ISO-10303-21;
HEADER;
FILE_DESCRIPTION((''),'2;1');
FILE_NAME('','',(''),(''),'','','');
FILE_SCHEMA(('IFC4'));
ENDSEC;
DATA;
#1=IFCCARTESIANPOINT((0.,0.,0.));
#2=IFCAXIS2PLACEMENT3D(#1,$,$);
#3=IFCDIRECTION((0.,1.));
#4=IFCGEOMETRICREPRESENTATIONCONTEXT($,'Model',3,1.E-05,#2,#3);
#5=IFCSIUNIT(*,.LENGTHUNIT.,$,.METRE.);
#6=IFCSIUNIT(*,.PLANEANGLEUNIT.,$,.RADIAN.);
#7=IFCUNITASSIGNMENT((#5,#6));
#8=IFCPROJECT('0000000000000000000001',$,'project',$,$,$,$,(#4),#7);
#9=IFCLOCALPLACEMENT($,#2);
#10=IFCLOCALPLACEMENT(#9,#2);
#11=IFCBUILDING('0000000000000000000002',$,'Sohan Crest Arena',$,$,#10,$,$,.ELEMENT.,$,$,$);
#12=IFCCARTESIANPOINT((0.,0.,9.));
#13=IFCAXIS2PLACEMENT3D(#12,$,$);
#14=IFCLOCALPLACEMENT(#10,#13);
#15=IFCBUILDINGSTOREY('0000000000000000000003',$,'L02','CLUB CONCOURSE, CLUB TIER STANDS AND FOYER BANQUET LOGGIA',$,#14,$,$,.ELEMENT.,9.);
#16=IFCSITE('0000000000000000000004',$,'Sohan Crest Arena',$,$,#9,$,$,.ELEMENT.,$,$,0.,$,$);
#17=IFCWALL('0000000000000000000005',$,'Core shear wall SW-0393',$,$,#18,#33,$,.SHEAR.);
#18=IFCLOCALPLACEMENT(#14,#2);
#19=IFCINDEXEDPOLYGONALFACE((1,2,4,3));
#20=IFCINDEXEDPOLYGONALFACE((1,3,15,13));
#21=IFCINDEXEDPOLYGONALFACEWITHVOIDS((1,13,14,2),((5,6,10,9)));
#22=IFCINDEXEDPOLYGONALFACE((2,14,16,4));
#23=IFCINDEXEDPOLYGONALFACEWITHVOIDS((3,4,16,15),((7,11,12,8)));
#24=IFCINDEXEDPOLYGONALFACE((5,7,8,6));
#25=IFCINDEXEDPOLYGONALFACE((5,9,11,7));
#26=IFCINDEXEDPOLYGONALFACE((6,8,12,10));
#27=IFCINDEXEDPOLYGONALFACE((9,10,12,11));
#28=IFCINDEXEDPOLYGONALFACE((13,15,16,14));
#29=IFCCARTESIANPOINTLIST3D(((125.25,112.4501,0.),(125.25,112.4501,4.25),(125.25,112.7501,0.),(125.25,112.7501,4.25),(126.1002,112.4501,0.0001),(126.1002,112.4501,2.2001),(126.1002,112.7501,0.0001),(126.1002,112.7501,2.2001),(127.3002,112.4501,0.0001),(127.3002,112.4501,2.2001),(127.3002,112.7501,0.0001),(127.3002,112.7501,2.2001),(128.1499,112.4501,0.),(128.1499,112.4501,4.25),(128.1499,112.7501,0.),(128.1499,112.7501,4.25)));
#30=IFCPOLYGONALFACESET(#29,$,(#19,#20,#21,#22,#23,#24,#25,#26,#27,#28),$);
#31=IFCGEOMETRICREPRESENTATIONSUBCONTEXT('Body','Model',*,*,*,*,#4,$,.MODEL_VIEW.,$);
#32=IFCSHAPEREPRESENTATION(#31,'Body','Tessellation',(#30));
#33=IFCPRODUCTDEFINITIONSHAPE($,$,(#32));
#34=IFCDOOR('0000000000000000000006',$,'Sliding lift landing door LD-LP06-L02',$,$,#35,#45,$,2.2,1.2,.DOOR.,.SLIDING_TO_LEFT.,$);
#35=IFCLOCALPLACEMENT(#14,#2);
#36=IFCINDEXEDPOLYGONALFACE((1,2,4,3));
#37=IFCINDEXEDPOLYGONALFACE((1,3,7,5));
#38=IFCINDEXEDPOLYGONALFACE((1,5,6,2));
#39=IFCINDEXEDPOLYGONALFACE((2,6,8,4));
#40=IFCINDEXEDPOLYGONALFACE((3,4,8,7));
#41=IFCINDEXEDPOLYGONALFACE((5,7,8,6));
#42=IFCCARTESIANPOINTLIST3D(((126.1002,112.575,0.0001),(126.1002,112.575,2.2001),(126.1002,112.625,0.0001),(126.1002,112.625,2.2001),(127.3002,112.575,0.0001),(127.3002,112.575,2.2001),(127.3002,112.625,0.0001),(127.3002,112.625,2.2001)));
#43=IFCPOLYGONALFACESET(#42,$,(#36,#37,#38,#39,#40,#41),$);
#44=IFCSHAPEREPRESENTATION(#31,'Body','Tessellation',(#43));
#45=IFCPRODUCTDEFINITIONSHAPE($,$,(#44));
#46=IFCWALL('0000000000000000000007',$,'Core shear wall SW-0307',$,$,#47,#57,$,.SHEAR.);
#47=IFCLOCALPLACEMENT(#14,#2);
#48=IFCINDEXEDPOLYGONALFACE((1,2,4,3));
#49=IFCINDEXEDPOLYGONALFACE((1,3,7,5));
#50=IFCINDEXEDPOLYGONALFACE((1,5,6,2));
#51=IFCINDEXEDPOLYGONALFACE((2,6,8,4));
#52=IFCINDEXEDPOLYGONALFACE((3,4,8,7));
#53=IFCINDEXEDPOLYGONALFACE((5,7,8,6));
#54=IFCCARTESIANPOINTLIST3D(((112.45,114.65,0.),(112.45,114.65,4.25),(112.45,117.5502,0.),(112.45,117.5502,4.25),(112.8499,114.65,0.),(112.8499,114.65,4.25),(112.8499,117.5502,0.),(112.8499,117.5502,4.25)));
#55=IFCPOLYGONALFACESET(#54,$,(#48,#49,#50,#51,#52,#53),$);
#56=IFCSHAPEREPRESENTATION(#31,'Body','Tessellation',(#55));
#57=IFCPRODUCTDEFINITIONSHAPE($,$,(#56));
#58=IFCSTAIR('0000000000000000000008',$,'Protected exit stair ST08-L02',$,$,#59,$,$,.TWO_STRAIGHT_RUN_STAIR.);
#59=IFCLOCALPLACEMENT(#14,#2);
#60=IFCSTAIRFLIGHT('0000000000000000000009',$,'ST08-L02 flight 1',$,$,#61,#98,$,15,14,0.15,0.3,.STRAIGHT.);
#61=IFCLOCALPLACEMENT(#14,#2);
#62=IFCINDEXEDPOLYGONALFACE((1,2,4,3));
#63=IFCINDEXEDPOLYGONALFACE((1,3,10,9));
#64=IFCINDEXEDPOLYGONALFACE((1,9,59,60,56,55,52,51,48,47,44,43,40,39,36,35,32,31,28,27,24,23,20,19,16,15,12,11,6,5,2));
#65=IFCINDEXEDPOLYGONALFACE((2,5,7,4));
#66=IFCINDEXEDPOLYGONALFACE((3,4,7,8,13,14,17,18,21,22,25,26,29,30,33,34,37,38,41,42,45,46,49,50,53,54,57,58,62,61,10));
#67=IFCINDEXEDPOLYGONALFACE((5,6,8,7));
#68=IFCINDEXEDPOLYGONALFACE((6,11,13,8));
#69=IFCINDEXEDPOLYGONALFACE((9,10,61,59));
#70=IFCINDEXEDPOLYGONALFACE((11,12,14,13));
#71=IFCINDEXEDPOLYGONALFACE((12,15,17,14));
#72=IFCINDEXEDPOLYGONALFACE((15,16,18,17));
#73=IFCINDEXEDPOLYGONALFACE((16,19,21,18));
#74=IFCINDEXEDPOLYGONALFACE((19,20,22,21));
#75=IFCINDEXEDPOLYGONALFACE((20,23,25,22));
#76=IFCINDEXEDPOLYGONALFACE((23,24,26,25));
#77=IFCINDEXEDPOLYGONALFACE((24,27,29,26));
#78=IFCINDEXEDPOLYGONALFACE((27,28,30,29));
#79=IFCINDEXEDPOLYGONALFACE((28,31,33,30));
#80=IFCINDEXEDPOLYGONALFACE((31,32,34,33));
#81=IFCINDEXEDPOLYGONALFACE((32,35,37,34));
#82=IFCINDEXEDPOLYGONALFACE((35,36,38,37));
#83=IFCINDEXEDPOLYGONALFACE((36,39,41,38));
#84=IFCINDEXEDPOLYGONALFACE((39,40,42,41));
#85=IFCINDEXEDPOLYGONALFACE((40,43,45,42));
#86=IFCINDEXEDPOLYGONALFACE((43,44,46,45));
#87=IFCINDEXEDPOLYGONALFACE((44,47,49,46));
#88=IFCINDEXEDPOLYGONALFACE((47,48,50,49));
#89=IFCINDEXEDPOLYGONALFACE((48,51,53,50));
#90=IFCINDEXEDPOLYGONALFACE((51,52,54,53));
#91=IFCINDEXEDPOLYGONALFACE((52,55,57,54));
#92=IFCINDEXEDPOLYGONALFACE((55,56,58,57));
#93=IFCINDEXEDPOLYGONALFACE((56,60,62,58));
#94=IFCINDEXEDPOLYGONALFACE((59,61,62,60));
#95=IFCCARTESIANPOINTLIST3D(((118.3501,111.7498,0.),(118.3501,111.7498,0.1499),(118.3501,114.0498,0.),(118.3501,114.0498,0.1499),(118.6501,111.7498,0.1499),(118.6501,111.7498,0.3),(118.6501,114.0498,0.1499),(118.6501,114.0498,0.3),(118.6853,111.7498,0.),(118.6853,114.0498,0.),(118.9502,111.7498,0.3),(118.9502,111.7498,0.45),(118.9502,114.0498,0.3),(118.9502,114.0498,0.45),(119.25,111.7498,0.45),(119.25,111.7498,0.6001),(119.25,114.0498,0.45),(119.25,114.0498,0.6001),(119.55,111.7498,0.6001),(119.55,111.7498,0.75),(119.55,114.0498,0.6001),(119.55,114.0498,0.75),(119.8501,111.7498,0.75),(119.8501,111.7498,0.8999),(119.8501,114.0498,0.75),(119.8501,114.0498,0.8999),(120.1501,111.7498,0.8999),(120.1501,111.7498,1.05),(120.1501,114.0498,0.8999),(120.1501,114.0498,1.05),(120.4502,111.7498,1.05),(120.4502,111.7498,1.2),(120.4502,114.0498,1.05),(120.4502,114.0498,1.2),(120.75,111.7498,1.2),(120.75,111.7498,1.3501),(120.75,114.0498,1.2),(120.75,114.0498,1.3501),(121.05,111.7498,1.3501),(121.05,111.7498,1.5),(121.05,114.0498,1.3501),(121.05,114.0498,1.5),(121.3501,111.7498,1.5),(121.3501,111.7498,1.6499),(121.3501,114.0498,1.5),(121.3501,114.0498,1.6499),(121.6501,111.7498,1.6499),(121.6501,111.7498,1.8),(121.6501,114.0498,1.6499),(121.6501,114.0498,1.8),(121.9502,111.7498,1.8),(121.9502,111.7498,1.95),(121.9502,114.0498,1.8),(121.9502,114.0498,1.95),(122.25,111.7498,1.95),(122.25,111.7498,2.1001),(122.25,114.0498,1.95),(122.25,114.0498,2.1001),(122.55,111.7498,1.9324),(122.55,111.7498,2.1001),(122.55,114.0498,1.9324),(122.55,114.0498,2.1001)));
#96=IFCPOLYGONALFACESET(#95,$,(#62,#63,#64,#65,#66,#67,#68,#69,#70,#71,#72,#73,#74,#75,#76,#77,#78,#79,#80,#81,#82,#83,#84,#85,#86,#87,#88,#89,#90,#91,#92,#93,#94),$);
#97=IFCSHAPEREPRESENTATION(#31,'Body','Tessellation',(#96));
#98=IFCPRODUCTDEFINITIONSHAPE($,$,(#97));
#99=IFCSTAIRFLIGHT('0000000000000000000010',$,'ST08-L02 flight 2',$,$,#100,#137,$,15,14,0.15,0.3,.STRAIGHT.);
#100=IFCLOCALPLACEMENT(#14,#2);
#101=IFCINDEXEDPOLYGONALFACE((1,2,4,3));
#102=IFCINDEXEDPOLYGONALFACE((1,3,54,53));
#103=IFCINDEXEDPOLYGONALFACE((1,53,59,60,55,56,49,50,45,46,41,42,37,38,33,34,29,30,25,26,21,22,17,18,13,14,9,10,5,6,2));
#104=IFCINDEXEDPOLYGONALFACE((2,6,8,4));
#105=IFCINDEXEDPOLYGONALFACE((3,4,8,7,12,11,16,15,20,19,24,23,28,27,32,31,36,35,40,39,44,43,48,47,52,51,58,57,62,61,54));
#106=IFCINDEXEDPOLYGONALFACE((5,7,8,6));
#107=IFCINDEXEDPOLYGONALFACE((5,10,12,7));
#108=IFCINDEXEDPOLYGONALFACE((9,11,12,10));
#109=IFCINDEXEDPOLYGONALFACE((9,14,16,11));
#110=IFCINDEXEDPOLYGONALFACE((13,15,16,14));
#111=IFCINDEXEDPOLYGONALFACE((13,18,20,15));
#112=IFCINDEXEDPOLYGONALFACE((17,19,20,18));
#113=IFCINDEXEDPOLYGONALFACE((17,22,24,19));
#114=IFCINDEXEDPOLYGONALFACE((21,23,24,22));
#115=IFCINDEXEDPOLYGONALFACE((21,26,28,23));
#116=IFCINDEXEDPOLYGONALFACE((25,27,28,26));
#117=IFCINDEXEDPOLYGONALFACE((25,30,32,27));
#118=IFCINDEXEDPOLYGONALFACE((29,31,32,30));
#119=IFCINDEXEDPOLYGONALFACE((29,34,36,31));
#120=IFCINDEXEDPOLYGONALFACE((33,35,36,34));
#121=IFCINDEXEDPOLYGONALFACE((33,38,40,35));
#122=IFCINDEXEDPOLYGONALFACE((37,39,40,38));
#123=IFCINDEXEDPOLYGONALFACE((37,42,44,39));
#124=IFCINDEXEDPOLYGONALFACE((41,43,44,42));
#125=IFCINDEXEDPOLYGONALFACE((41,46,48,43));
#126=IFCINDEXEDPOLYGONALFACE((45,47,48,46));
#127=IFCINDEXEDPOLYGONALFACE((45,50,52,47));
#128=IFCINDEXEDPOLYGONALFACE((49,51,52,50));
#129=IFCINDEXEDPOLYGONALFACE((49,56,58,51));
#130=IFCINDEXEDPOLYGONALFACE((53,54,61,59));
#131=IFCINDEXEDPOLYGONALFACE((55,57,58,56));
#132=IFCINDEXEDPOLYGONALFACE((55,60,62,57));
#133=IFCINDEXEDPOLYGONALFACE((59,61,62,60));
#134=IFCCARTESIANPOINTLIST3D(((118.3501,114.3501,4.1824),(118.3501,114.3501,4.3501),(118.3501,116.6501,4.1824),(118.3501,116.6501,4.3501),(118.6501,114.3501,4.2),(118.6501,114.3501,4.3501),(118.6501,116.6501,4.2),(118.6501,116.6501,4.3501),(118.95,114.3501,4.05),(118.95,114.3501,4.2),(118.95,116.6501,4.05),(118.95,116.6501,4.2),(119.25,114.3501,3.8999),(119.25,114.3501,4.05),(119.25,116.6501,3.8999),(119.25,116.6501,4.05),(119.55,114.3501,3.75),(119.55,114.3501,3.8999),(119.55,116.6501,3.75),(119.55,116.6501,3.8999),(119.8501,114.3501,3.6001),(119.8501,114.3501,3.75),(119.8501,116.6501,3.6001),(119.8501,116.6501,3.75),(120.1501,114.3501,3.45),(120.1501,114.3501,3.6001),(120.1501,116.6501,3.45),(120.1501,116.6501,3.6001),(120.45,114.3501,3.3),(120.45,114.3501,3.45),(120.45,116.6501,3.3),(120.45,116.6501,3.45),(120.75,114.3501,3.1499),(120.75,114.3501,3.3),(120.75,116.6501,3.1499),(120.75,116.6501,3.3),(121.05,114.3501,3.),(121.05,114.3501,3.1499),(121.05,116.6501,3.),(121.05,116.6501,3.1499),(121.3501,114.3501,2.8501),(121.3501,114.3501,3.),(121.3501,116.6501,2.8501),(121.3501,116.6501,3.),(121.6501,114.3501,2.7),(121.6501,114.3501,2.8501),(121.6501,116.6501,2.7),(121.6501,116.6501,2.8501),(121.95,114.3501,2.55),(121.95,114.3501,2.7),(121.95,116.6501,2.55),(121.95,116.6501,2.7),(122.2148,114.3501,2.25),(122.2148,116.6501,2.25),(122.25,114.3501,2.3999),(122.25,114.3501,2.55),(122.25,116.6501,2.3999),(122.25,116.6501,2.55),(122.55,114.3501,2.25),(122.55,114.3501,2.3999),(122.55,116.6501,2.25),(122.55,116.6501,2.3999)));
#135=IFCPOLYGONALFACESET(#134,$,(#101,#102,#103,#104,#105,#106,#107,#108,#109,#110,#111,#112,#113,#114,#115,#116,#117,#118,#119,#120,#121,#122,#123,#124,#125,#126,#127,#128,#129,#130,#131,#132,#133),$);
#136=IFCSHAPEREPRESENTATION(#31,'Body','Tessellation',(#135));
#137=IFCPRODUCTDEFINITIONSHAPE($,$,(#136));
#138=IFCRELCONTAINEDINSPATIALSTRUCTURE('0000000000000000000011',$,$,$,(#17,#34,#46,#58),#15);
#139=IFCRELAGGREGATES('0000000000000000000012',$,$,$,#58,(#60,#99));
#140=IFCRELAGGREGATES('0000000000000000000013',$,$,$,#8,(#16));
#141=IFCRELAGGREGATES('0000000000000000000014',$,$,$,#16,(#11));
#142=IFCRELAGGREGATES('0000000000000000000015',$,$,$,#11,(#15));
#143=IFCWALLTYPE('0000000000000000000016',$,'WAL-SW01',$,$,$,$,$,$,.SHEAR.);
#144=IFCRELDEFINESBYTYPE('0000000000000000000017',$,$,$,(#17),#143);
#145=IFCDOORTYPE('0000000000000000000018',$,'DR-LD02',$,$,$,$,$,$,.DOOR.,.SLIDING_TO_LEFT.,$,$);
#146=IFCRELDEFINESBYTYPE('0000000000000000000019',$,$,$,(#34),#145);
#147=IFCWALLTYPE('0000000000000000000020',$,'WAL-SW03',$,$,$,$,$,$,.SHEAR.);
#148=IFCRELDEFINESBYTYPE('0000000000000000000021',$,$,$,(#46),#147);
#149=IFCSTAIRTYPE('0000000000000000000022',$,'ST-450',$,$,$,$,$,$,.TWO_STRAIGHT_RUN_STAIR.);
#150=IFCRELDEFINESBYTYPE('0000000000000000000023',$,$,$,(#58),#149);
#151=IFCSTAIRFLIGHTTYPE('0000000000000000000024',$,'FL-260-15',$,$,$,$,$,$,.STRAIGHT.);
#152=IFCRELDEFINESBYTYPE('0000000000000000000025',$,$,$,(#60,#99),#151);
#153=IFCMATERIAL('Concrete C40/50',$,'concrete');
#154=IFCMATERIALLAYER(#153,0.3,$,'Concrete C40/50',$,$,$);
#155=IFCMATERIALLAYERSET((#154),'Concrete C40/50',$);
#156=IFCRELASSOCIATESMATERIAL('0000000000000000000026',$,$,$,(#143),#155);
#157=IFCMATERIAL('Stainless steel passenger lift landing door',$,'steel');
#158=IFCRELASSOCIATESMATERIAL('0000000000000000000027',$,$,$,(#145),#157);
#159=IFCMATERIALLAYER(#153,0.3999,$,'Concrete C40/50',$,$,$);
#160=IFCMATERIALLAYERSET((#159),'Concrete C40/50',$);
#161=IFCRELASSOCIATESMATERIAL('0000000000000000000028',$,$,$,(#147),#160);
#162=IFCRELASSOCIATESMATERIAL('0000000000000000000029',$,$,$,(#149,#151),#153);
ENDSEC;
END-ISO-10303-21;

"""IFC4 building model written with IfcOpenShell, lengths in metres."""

from ifc_helpers import new_model, si_unit, direction, frame, frame_2d, origin, place, context, subcontext, project, spatial, polyline, rectangle, outline, extrude, material, layer, layer_set, type_object, element, fill, aggregate, save


model = new_model("IFC4")

# Units and contexts
model_context = context("Model", 3, precision=1e-05, world=origin(), true_north=direction((0.0, 1.0)))
body_context = subcontext(model_context, "Body", "Model", "MODEL_VIEW")
ifc_project = project(units=[si_unit("LENGTHUNIT", "METRE"), si_unit("PLANEANGLEUNIT", "RADIAN")], contexts=[model_context])

# Site, building, storey
site_placement = place(None, origin())
site = spatial("IfcSite", under=ifc_project, at=site_placement, Name="Sohan Crest Arena", CompositionType="ELEMENT", RefElevation=0.0)
building_placement = place(site_placement, origin())
building = spatial("IfcBuilding", under=site, at=building_placement, Name="Sohan Crest Arena", CompositionType="ELEMENT")
storey_placement = place(building_placement, frame((0.0, 0.0, 9.0)))
storey = spatial("IfcBuildingStorey", under=building, at=storey_placement, Name="L02", Description="CLUB CONCOURSE, CLUB TIER STANDS AND FOYER BANQUET LOGGIA", CompositionType="ELEMENT", Elevation=9.0)

# Shared definitions
ifc_material_1 = material(Name="Concrete C40/50", Category="concrete")
ifc_layer_1 = layer(ifc_material_1, 0.3, Name="Concrete C40/50")
ifc_layer_set_1 = layer_set([ifc_layer_1], Name="Concrete C40/50")
wall_type_1 = type_object("IfcWallType", Name="WAL-SW01", PredefinedType="SHEAR", material=ifc_layer_set_1)

# Wall, opening, door
wall_1_placement = place(storey_placement, frame((125.25, 112.6001, 0.0), z_axis=(0.0, 0.0, 1.0), x_axis=(1.0, 0.0, 0.0)))
wall_1 = element("IfcWall", 1, at=wall_1_placement, inside=storey, type_object=wall_type_1, Name="Core shear wall SW-0393", PredefinedType="SHEAR", context=body_context, shape_type="SweptSolid", body=[
    extrude(rectangle(XDim=2.8999, YDim=0.3, at=frame_2d((1.45, 0.0))), origin(), (0.0, 0.0, 1.0), 4.25),
])
opening_1_placement = place(wall_1_placement, frame((0.8501, 0.0, 0.0)))
opening_1 = element("IfcOpeningElement", 2, at=opening_1_placement, cuts=wall_1, PredefinedType="OPENING", context=body_context, shape_type="SweptSolid", body=[
    extrude(rectangle(XDim=1.2, YDim=2.2, at=frame_2d((0.6001, 1.1001))), frame((0.0, 0.1599, 0.0), z_axis=(0.0, -1.0, 0.0), x_axis=(1.0, 0.0, 0.0)), (0.0, 0.0, 1.0), 0.3201),
])
ifc_material_2 = material(Name="Stainless steel passenger lift landing door", Category="steel")
door_type_1 = type_object("IfcDoorType", Name="DR-LD02", OperationType="SLIDING_TO_LEFT", PredefinedType="DOOR", material=ifc_material_2)
door_1_placement = place(opening_1_placement, origin())
door_1 = element("IfcDoor", 3, at=door_1_placement, inside=storey, type_object=door_type_1, Name="Sliding lift landing door LD-LP06-L02", OperationType="SLIDING_TO_LEFT", OverallHeight=2.2, OverallWidth=1.2, PredefinedType="DOOR", context=body_context, shape_type="SweptSolid", body=[
    extrude(rectangle(XDim=1.2, YDim=2.2, at=frame_2d((0.6001, 1.1001))), frame((0.0, 0.0249, 0.0), z_axis=(0.0, -1.0, 0.0), x_axis=(1.0, 0.0, 0.0)), (0.0, 0.0, 1.0), 0.05),
])
fill(opening_1, door_1)

# Wall
ifc_layer_2 = layer(ifc_material_1, 0.3999, Name="Concrete C40/50")
ifc_layer_set_2 = layer_set([ifc_layer_2], Name="Concrete C40/50")
wall_type_2 = type_object("IfcWallType", Name="WAL-SW03", PredefinedType="SHEAR", material=ifc_layer_set_2)
wall_2_placement = place(storey_placement, frame((112.6499, 114.6499, 0.0), z_axis=(0.0, 0.0, 1.0), x_axis=(0.0, 1.0, 0.0)))
element("IfcWall", 4, at=wall_2_placement, inside=storey, type_object=wall_type_2, Name="Core shear wall SW-0307", PredefinedType="SHEAR", context=body_context, shape_type="SweptSolid", body=[
    extrude(rectangle(XDim=2.9001, YDim=0.3999, at=frame_2d((1.4502, 0.0))), origin(), (0.0, 0.0, 1.0), 4.25),
])

# Stair, stair flights
stair_type = type_object("IfcStairType", Name="ST-450", PredefinedType="TWO_STRAIGHT_RUN_STAIR", material=ifc_material_1)
stair_placement = place(storey_placement, origin())
stair = element("IfcStair", 5, at=stair_placement, inside=storey, type_object=stair_type, Name="Protected exit stair ST08-L02", PredefinedType="TWO_STRAIGHT_RUN_STAIR")
stair_flight_type = type_object("IfcStairFlightType", Name="FL-260-15", PredefinedType="STRAIGHT", material=ifc_material_1)
stair_flight_1_placement = place(storey_placement, frame((118.3501, 112.8999, 0.0), z_axis=(0.0, 0.0, 1.0), x_axis=(1.0, 0.0, 0.0)))
stair_flight_1 = element("IfcStairFlight", 6, at=stair_flight_1_placement, type_object=stair_flight_type, Name="ST08-L02 flight 1", NumberOfRisers=15, NumberOfTreads=14, PredefinedType="STRAIGHT", RiserHeight=0.15, TreadLength=0.3, context=body_context, shape_type="SweptSolid", body=[
    extrude(outline(polyline([(0.0, 0.0), (0.0, 0.1499), (0.3, 0.1499), (0.3, 0.3), (0.6001, 0.3), (0.6001, 0.45), (0.8999, 0.45), (0.8999, 0.6001), (1.2, 0.6001), (1.2, 0.75), (1.5, 0.75), (1.5, 0.8999), (1.8, 0.8999), (1.8, 1.05), (2.1001, 1.05), (2.1001, 1.2), (2.3999, 1.2), (2.3999, 1.3501), (2.7, 1.3501), (2.7, 1.5), (3.0, 1.5), (3.0, 1.6499), (3.3, 1.6499), (3.3, 1.8), (3.6001, 1.8), (3.6001, 1.95), (3.8999, 1.95), (3.8999, 2.1001), (4.2, 2.1001), (4.2, 2.25), (4.2, 1.9324), (0.3352, 0.0), (0.0, 0.0)])), frame((0.0, 1.1499, 0.0), z_axis=(0.0, -1.0, 0.0), x_axis=(1.0, 0.0, 0.0)), (0.0, 0.0, 1.0), 2.3),
])
stair_flight_2_placement = place(storey_placement, frame((122.55, 115.5, 2.25), z_axis=(0.0, 0.0, 1.0), x_axis=(-1.0, 0.0, 0.0)))
stair_flight_2 = element("IfcStairFlight", 7, at=stair_flight_2_placement, type_object=stair_flight_type, Name="ST08-L02 flight 2", NumberOfRisers=15, NumberOfTreads=14, PredefinedType="STRAIGHT", RiserHeight=0.15, TreadLength=0.3, context=body_context, shape_type="SweptSolid", body=[
    extrude(outline(polyline([(0.0, 0.0), (0.0, 0.1499), (0.3, 0.1499), (0.3, 0.3), (0.6001, 0.3), (0.6001, 0.45), (0.8999, 0.45), (0.8999, 0.6001), (1.2, 0.6001), (1.2, 0.75), (1.5, 0.75), (1.5, 0.8999), (1.8, 0.8999), (1.8, 1.05), (2.1001, 1.05), (2.1001, 1.2), (2.3999, 1.2), (2.3999, 1.3501), (2.7, 1.3501), (2.7, 1.5), (3.0, 1.5), (3.0, 1.6499), (3.3, 1.6499), (3.3, 1.8), (3.6001, 1.8), (3.6001, 1.95), (3.8999, 1.95), (3.8999, 2.1001), (4.2, 2.1001), (4.2, 2.25), (4.2, 1.9324), (0.3352, 0.0), (0.0, 0.0)])), frame((0.0, 1.1499, 0.0), z_axis=(0.0, -1.0, 0.0), x_axis=(1.0, 0.0, 0.0)), (0.0, 0.0, 1.0), 2.3),
])
aggregate(stair, [stair_flight_1, stair_flight_2])

save(model, "model.ifc")
